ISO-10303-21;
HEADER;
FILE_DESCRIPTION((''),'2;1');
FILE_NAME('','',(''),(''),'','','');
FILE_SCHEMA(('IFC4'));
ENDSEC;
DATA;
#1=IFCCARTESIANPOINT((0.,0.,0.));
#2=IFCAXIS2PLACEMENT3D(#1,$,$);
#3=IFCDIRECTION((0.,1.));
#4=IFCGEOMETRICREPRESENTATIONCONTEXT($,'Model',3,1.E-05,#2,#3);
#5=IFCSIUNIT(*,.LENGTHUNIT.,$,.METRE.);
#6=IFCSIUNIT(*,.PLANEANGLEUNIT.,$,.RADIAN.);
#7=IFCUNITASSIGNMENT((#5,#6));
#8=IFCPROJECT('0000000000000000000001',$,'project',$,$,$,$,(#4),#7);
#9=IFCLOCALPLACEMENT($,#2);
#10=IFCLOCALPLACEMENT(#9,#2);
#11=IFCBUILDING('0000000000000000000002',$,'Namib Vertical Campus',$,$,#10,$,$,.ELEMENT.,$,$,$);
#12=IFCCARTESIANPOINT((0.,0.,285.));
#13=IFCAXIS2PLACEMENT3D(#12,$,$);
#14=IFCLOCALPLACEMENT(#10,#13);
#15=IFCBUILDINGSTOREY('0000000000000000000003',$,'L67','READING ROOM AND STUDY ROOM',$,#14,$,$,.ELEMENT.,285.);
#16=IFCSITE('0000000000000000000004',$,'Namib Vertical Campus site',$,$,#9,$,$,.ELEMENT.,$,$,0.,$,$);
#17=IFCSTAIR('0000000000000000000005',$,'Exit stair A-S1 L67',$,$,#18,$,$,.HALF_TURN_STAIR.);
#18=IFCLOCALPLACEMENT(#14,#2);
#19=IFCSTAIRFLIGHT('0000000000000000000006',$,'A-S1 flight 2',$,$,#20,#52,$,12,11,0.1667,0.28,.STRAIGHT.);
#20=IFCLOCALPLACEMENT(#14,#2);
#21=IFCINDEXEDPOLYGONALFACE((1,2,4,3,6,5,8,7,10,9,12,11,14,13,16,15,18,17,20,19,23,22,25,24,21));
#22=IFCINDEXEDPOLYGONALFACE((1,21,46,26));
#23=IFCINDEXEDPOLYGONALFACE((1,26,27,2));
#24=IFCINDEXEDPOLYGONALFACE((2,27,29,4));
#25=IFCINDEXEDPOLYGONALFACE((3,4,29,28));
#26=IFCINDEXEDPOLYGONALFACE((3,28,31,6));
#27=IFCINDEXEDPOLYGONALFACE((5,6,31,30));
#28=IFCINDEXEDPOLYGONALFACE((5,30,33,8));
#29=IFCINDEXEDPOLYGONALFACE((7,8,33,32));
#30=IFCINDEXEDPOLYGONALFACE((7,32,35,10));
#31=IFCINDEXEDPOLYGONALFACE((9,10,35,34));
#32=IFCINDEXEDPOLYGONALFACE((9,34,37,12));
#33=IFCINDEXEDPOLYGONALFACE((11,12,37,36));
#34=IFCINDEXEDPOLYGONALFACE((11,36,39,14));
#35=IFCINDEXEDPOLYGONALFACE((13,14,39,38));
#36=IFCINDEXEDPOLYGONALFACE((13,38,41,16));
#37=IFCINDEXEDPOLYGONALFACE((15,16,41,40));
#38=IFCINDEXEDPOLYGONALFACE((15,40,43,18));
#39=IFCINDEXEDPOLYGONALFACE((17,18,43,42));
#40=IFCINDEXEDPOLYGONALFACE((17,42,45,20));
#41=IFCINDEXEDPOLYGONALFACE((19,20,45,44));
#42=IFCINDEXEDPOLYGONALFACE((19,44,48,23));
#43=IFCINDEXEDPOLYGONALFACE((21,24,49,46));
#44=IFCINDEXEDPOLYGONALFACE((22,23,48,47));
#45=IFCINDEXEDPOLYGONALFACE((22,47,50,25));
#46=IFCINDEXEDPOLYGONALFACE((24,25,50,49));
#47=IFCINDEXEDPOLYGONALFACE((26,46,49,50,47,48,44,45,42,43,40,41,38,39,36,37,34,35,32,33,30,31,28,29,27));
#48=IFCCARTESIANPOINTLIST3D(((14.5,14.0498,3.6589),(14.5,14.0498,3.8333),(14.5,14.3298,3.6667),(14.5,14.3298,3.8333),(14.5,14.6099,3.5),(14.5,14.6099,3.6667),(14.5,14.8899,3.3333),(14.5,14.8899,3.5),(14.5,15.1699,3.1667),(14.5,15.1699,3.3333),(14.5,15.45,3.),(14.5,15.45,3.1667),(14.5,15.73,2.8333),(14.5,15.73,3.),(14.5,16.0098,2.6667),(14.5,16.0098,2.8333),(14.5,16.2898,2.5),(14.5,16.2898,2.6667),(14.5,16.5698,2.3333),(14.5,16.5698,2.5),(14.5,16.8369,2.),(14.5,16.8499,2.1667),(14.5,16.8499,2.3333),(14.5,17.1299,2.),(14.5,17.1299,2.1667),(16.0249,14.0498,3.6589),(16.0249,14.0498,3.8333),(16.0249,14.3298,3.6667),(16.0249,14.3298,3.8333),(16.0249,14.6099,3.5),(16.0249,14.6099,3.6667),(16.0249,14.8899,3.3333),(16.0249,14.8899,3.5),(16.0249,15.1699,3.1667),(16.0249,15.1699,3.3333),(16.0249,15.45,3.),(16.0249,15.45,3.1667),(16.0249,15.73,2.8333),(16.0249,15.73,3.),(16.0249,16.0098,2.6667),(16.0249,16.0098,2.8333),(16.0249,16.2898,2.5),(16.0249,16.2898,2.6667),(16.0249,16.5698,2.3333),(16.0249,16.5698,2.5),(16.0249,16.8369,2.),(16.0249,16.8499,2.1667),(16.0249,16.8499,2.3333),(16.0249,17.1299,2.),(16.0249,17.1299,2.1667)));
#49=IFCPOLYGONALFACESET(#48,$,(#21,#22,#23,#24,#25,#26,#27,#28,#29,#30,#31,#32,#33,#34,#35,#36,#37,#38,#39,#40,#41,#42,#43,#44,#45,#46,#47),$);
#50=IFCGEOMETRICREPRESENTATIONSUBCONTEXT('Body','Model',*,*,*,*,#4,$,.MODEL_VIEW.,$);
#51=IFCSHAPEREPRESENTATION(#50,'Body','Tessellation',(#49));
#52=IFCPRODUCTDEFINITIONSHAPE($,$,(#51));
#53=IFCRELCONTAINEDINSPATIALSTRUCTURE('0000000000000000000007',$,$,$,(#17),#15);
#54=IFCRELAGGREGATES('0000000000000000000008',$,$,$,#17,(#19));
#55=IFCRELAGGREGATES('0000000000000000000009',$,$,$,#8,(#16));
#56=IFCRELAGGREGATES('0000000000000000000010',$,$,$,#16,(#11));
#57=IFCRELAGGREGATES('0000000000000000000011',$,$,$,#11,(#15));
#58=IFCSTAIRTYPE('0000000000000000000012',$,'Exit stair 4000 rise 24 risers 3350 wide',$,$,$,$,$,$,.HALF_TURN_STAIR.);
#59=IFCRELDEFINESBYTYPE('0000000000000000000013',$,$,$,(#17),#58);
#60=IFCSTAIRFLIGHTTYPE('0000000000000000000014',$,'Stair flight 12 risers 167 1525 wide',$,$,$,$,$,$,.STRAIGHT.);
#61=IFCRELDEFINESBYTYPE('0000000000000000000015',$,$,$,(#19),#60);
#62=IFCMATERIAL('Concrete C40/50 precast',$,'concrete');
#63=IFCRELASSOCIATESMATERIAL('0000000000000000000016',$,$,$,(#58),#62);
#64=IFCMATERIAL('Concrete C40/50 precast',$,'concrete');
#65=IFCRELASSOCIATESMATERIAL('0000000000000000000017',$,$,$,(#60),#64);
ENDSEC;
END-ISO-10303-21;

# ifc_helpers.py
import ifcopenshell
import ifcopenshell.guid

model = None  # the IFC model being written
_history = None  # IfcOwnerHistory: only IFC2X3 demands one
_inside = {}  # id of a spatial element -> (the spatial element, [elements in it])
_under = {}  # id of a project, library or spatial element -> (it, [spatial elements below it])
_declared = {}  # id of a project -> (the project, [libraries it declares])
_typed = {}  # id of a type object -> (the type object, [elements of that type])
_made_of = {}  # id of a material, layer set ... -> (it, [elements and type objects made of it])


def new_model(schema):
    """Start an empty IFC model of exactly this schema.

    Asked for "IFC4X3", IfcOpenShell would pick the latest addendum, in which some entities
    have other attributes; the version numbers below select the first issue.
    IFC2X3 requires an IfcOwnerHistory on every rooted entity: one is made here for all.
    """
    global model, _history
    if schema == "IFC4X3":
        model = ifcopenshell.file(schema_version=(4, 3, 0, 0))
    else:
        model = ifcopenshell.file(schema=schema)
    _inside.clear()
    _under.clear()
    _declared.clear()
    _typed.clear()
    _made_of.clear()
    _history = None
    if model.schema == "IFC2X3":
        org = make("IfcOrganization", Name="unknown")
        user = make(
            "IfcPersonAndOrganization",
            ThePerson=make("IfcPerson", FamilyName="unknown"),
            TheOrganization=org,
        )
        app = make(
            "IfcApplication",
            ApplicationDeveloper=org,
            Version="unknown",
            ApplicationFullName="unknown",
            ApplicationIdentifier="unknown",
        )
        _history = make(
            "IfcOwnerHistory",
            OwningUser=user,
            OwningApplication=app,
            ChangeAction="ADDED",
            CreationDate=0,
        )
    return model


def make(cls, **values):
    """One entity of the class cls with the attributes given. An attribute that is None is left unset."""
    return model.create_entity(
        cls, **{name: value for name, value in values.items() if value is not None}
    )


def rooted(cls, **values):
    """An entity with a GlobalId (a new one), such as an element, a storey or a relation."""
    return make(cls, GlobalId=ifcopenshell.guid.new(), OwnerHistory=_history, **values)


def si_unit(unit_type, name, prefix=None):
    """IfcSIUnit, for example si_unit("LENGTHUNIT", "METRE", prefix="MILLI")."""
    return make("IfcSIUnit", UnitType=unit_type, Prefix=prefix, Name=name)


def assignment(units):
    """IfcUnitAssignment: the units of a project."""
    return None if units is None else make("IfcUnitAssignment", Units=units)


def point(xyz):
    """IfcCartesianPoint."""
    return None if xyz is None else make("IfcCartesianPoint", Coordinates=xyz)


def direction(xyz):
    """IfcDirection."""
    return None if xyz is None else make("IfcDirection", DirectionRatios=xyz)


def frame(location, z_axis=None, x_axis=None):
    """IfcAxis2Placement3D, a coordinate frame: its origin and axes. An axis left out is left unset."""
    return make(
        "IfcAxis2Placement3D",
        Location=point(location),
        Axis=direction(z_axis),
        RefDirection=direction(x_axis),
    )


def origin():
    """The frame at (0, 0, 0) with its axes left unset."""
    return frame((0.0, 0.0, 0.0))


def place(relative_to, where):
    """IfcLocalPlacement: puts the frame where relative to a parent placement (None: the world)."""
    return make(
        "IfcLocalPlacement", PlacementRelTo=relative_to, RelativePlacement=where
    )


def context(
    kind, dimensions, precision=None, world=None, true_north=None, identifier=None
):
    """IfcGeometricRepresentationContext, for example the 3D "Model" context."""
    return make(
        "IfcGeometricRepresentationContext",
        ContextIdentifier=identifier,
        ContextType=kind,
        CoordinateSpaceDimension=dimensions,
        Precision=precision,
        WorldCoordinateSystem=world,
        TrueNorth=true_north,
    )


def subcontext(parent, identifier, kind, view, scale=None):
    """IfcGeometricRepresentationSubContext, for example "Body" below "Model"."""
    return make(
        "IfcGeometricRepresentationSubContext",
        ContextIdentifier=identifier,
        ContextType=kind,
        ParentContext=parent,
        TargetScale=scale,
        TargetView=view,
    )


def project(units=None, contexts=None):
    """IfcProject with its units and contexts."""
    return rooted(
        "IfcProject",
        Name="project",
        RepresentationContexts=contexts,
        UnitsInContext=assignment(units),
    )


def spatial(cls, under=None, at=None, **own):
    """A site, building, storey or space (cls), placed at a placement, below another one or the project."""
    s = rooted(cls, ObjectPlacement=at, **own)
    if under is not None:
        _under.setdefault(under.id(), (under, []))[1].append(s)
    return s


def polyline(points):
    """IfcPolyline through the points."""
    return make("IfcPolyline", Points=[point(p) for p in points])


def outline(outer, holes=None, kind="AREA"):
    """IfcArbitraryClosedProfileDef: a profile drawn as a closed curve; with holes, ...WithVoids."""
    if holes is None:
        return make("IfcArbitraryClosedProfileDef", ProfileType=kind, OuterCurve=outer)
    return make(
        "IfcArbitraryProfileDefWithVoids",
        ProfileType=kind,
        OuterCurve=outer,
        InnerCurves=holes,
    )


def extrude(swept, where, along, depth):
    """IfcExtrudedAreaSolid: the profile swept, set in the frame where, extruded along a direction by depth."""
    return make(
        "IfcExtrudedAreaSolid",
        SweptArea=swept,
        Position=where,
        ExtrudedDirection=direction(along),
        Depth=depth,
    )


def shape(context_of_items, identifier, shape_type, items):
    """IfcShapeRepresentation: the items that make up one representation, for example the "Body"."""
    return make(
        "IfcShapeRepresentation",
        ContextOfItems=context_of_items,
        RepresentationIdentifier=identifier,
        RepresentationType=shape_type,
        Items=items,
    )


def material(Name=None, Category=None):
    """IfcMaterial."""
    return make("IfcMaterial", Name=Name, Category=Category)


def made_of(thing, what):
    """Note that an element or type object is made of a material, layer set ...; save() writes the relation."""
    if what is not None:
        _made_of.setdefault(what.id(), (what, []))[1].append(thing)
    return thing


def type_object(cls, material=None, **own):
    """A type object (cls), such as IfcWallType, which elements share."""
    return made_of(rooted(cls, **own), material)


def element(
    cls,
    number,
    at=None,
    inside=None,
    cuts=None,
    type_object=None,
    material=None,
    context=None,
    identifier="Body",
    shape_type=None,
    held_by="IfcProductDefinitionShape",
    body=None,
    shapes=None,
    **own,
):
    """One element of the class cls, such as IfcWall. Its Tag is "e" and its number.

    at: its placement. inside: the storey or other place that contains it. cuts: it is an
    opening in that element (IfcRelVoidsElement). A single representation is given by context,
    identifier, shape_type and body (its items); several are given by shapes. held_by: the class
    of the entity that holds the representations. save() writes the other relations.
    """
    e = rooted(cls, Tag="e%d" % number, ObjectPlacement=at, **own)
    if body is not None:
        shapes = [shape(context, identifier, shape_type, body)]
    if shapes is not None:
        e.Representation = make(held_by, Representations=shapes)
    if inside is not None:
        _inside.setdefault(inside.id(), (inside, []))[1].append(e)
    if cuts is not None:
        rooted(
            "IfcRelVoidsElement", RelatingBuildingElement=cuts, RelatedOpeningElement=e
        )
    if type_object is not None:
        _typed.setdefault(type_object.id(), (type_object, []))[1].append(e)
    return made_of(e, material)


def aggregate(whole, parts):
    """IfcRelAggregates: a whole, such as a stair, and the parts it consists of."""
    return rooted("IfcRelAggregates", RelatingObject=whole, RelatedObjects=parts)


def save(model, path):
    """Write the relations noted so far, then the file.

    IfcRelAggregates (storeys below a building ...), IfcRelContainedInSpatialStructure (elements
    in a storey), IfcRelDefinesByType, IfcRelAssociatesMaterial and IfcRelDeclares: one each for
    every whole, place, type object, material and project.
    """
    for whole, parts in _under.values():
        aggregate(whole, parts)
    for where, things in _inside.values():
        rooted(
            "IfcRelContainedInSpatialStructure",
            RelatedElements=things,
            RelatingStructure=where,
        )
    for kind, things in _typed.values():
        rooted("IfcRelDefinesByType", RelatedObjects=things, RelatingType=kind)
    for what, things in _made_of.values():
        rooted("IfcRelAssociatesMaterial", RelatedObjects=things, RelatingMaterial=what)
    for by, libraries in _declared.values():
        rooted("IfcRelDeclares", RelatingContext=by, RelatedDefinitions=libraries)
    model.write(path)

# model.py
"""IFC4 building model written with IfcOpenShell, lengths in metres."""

from ifc_helpers import new_model, si_unit, direction, frame, origin, place, context, subcontext, project, spatial, polyline, outline, extrude, material, type_object, element, aggregate, save


model = new_model("IFC4")

# Units and contexts
model_context = context("Model", 3, precision=1e-05, world=origin(), true_north=direction((0.0, 1.0)))
body_context = subcontext(model_context, "Body", "Model", "MODEL_VIEW")
ifc_project = project(units=[si_unit("LENGTHUNIT", "METRE"), si_unit("PLANEANGLEUNIT", "RADIAN")], contexts=[model_context])

# Site, building, storey
site_placement = place(None, origin())
site = spatial("IfcSite", under=ifc_project, at=site_placement, Name="Namib Vertical Campus site", CompositionType="ELEMENT", RefElevation=0.0)
building_placement = place(site_placement, origin())
building = spatial("IfcBuilding", under=site, at=building_placement, Name="Namib Vertical Campus", CompositionType="ELEMENT")
storey_placement = place(building_placement, frame((0.0, 0.0, 285.0)))
storey = spatial("IfcBuildingStorey", under=building, at=storey_placement, Name="L67", Description="READING ROOM AND STUDY ROOM", CompositionType="ELEMENT", Elevation=285.0)

# Stair, stair flight
ifc_material_1 = material(Name="Concrete C40/50 precast", Category="concrete")
stair_type = type_object("IfcStairType", Name="Exit stair 4000 rise 24 risers 3350 wide", PredefinedType="HALF_TURN_STAIR", material=ifc_material_1)
stair_placement = place(storey_placement, origin())
stair = element("IfcStair", 1, at=stair_placement, inside=storey, type_object=stair_type, Name="Exit stair A-S1 L67", PredefinedType="HALF_TURN_STAIR")
ifc_material_2 = material(Name="Concrete C40/50 precast", Category="concrete")
stair_flight_type = type_object("IfcStairFlightType", Name="Stair flight 12 risers 167 1525 wide", PredefinedType="STRAIGHT", material=ifc_material_2)
stair_flight_placement = place(storey_placement, frame((15.2625, 17.1299, 2.0), z_axis=(0.0, 0.0, 1.0), x_axis=(0.0, -1.0, 0.0)))
stair_flight = element("IfcStairFlight", 2, at=stair_flight_placement, type_object=stair_flight_type, Name="A-S1 flight 2", NumberOfRisers=12, NumberOfTreads=11, PredefinedType="STRAIGHT", RiserHeight=0.1667, TreadLength=0.28, context=body_context, shape_type="SweptSolid", body=[
    extrude(outline(polyline([(0.0, 0.0), (0.0, 0.1667), (0.28, 0.1667), (0.28, 0.3333), (0.5601, 0.3333), (0.5601, 0.5), (0.8401, 0.5), (0.8401, 0.6667), (1.1201, 0.6667), (1.1201, 0.8333), (1.3999, 0.8333), (1.3999, 1.0), (1.6799, 1.0), (1.6799, 1.1667), (1.96, 1.1667), (1.96, 1.3333), (2.24, 1.3333), (2.24, 1.5), (2.52, 1.5), (2.52, 1.6667), (2.8, 1.6667), (2.8, 1.8333), (3.0801, 1.8333), (3.0801, 2.0), (3.0801, 1.6589), (0.293, 0.0), (0.0, 0.0)])), frame((0.0, 0.7625, 0.0), z_axis=(0.0, -1.0, 0.0), x_axis=(1.0, 0.0, 0.0)), (0.0, 0.0, 1.0), 1.5249),
])
aggregate(stair, [stair_flight])

save(model, "model.ifc")
